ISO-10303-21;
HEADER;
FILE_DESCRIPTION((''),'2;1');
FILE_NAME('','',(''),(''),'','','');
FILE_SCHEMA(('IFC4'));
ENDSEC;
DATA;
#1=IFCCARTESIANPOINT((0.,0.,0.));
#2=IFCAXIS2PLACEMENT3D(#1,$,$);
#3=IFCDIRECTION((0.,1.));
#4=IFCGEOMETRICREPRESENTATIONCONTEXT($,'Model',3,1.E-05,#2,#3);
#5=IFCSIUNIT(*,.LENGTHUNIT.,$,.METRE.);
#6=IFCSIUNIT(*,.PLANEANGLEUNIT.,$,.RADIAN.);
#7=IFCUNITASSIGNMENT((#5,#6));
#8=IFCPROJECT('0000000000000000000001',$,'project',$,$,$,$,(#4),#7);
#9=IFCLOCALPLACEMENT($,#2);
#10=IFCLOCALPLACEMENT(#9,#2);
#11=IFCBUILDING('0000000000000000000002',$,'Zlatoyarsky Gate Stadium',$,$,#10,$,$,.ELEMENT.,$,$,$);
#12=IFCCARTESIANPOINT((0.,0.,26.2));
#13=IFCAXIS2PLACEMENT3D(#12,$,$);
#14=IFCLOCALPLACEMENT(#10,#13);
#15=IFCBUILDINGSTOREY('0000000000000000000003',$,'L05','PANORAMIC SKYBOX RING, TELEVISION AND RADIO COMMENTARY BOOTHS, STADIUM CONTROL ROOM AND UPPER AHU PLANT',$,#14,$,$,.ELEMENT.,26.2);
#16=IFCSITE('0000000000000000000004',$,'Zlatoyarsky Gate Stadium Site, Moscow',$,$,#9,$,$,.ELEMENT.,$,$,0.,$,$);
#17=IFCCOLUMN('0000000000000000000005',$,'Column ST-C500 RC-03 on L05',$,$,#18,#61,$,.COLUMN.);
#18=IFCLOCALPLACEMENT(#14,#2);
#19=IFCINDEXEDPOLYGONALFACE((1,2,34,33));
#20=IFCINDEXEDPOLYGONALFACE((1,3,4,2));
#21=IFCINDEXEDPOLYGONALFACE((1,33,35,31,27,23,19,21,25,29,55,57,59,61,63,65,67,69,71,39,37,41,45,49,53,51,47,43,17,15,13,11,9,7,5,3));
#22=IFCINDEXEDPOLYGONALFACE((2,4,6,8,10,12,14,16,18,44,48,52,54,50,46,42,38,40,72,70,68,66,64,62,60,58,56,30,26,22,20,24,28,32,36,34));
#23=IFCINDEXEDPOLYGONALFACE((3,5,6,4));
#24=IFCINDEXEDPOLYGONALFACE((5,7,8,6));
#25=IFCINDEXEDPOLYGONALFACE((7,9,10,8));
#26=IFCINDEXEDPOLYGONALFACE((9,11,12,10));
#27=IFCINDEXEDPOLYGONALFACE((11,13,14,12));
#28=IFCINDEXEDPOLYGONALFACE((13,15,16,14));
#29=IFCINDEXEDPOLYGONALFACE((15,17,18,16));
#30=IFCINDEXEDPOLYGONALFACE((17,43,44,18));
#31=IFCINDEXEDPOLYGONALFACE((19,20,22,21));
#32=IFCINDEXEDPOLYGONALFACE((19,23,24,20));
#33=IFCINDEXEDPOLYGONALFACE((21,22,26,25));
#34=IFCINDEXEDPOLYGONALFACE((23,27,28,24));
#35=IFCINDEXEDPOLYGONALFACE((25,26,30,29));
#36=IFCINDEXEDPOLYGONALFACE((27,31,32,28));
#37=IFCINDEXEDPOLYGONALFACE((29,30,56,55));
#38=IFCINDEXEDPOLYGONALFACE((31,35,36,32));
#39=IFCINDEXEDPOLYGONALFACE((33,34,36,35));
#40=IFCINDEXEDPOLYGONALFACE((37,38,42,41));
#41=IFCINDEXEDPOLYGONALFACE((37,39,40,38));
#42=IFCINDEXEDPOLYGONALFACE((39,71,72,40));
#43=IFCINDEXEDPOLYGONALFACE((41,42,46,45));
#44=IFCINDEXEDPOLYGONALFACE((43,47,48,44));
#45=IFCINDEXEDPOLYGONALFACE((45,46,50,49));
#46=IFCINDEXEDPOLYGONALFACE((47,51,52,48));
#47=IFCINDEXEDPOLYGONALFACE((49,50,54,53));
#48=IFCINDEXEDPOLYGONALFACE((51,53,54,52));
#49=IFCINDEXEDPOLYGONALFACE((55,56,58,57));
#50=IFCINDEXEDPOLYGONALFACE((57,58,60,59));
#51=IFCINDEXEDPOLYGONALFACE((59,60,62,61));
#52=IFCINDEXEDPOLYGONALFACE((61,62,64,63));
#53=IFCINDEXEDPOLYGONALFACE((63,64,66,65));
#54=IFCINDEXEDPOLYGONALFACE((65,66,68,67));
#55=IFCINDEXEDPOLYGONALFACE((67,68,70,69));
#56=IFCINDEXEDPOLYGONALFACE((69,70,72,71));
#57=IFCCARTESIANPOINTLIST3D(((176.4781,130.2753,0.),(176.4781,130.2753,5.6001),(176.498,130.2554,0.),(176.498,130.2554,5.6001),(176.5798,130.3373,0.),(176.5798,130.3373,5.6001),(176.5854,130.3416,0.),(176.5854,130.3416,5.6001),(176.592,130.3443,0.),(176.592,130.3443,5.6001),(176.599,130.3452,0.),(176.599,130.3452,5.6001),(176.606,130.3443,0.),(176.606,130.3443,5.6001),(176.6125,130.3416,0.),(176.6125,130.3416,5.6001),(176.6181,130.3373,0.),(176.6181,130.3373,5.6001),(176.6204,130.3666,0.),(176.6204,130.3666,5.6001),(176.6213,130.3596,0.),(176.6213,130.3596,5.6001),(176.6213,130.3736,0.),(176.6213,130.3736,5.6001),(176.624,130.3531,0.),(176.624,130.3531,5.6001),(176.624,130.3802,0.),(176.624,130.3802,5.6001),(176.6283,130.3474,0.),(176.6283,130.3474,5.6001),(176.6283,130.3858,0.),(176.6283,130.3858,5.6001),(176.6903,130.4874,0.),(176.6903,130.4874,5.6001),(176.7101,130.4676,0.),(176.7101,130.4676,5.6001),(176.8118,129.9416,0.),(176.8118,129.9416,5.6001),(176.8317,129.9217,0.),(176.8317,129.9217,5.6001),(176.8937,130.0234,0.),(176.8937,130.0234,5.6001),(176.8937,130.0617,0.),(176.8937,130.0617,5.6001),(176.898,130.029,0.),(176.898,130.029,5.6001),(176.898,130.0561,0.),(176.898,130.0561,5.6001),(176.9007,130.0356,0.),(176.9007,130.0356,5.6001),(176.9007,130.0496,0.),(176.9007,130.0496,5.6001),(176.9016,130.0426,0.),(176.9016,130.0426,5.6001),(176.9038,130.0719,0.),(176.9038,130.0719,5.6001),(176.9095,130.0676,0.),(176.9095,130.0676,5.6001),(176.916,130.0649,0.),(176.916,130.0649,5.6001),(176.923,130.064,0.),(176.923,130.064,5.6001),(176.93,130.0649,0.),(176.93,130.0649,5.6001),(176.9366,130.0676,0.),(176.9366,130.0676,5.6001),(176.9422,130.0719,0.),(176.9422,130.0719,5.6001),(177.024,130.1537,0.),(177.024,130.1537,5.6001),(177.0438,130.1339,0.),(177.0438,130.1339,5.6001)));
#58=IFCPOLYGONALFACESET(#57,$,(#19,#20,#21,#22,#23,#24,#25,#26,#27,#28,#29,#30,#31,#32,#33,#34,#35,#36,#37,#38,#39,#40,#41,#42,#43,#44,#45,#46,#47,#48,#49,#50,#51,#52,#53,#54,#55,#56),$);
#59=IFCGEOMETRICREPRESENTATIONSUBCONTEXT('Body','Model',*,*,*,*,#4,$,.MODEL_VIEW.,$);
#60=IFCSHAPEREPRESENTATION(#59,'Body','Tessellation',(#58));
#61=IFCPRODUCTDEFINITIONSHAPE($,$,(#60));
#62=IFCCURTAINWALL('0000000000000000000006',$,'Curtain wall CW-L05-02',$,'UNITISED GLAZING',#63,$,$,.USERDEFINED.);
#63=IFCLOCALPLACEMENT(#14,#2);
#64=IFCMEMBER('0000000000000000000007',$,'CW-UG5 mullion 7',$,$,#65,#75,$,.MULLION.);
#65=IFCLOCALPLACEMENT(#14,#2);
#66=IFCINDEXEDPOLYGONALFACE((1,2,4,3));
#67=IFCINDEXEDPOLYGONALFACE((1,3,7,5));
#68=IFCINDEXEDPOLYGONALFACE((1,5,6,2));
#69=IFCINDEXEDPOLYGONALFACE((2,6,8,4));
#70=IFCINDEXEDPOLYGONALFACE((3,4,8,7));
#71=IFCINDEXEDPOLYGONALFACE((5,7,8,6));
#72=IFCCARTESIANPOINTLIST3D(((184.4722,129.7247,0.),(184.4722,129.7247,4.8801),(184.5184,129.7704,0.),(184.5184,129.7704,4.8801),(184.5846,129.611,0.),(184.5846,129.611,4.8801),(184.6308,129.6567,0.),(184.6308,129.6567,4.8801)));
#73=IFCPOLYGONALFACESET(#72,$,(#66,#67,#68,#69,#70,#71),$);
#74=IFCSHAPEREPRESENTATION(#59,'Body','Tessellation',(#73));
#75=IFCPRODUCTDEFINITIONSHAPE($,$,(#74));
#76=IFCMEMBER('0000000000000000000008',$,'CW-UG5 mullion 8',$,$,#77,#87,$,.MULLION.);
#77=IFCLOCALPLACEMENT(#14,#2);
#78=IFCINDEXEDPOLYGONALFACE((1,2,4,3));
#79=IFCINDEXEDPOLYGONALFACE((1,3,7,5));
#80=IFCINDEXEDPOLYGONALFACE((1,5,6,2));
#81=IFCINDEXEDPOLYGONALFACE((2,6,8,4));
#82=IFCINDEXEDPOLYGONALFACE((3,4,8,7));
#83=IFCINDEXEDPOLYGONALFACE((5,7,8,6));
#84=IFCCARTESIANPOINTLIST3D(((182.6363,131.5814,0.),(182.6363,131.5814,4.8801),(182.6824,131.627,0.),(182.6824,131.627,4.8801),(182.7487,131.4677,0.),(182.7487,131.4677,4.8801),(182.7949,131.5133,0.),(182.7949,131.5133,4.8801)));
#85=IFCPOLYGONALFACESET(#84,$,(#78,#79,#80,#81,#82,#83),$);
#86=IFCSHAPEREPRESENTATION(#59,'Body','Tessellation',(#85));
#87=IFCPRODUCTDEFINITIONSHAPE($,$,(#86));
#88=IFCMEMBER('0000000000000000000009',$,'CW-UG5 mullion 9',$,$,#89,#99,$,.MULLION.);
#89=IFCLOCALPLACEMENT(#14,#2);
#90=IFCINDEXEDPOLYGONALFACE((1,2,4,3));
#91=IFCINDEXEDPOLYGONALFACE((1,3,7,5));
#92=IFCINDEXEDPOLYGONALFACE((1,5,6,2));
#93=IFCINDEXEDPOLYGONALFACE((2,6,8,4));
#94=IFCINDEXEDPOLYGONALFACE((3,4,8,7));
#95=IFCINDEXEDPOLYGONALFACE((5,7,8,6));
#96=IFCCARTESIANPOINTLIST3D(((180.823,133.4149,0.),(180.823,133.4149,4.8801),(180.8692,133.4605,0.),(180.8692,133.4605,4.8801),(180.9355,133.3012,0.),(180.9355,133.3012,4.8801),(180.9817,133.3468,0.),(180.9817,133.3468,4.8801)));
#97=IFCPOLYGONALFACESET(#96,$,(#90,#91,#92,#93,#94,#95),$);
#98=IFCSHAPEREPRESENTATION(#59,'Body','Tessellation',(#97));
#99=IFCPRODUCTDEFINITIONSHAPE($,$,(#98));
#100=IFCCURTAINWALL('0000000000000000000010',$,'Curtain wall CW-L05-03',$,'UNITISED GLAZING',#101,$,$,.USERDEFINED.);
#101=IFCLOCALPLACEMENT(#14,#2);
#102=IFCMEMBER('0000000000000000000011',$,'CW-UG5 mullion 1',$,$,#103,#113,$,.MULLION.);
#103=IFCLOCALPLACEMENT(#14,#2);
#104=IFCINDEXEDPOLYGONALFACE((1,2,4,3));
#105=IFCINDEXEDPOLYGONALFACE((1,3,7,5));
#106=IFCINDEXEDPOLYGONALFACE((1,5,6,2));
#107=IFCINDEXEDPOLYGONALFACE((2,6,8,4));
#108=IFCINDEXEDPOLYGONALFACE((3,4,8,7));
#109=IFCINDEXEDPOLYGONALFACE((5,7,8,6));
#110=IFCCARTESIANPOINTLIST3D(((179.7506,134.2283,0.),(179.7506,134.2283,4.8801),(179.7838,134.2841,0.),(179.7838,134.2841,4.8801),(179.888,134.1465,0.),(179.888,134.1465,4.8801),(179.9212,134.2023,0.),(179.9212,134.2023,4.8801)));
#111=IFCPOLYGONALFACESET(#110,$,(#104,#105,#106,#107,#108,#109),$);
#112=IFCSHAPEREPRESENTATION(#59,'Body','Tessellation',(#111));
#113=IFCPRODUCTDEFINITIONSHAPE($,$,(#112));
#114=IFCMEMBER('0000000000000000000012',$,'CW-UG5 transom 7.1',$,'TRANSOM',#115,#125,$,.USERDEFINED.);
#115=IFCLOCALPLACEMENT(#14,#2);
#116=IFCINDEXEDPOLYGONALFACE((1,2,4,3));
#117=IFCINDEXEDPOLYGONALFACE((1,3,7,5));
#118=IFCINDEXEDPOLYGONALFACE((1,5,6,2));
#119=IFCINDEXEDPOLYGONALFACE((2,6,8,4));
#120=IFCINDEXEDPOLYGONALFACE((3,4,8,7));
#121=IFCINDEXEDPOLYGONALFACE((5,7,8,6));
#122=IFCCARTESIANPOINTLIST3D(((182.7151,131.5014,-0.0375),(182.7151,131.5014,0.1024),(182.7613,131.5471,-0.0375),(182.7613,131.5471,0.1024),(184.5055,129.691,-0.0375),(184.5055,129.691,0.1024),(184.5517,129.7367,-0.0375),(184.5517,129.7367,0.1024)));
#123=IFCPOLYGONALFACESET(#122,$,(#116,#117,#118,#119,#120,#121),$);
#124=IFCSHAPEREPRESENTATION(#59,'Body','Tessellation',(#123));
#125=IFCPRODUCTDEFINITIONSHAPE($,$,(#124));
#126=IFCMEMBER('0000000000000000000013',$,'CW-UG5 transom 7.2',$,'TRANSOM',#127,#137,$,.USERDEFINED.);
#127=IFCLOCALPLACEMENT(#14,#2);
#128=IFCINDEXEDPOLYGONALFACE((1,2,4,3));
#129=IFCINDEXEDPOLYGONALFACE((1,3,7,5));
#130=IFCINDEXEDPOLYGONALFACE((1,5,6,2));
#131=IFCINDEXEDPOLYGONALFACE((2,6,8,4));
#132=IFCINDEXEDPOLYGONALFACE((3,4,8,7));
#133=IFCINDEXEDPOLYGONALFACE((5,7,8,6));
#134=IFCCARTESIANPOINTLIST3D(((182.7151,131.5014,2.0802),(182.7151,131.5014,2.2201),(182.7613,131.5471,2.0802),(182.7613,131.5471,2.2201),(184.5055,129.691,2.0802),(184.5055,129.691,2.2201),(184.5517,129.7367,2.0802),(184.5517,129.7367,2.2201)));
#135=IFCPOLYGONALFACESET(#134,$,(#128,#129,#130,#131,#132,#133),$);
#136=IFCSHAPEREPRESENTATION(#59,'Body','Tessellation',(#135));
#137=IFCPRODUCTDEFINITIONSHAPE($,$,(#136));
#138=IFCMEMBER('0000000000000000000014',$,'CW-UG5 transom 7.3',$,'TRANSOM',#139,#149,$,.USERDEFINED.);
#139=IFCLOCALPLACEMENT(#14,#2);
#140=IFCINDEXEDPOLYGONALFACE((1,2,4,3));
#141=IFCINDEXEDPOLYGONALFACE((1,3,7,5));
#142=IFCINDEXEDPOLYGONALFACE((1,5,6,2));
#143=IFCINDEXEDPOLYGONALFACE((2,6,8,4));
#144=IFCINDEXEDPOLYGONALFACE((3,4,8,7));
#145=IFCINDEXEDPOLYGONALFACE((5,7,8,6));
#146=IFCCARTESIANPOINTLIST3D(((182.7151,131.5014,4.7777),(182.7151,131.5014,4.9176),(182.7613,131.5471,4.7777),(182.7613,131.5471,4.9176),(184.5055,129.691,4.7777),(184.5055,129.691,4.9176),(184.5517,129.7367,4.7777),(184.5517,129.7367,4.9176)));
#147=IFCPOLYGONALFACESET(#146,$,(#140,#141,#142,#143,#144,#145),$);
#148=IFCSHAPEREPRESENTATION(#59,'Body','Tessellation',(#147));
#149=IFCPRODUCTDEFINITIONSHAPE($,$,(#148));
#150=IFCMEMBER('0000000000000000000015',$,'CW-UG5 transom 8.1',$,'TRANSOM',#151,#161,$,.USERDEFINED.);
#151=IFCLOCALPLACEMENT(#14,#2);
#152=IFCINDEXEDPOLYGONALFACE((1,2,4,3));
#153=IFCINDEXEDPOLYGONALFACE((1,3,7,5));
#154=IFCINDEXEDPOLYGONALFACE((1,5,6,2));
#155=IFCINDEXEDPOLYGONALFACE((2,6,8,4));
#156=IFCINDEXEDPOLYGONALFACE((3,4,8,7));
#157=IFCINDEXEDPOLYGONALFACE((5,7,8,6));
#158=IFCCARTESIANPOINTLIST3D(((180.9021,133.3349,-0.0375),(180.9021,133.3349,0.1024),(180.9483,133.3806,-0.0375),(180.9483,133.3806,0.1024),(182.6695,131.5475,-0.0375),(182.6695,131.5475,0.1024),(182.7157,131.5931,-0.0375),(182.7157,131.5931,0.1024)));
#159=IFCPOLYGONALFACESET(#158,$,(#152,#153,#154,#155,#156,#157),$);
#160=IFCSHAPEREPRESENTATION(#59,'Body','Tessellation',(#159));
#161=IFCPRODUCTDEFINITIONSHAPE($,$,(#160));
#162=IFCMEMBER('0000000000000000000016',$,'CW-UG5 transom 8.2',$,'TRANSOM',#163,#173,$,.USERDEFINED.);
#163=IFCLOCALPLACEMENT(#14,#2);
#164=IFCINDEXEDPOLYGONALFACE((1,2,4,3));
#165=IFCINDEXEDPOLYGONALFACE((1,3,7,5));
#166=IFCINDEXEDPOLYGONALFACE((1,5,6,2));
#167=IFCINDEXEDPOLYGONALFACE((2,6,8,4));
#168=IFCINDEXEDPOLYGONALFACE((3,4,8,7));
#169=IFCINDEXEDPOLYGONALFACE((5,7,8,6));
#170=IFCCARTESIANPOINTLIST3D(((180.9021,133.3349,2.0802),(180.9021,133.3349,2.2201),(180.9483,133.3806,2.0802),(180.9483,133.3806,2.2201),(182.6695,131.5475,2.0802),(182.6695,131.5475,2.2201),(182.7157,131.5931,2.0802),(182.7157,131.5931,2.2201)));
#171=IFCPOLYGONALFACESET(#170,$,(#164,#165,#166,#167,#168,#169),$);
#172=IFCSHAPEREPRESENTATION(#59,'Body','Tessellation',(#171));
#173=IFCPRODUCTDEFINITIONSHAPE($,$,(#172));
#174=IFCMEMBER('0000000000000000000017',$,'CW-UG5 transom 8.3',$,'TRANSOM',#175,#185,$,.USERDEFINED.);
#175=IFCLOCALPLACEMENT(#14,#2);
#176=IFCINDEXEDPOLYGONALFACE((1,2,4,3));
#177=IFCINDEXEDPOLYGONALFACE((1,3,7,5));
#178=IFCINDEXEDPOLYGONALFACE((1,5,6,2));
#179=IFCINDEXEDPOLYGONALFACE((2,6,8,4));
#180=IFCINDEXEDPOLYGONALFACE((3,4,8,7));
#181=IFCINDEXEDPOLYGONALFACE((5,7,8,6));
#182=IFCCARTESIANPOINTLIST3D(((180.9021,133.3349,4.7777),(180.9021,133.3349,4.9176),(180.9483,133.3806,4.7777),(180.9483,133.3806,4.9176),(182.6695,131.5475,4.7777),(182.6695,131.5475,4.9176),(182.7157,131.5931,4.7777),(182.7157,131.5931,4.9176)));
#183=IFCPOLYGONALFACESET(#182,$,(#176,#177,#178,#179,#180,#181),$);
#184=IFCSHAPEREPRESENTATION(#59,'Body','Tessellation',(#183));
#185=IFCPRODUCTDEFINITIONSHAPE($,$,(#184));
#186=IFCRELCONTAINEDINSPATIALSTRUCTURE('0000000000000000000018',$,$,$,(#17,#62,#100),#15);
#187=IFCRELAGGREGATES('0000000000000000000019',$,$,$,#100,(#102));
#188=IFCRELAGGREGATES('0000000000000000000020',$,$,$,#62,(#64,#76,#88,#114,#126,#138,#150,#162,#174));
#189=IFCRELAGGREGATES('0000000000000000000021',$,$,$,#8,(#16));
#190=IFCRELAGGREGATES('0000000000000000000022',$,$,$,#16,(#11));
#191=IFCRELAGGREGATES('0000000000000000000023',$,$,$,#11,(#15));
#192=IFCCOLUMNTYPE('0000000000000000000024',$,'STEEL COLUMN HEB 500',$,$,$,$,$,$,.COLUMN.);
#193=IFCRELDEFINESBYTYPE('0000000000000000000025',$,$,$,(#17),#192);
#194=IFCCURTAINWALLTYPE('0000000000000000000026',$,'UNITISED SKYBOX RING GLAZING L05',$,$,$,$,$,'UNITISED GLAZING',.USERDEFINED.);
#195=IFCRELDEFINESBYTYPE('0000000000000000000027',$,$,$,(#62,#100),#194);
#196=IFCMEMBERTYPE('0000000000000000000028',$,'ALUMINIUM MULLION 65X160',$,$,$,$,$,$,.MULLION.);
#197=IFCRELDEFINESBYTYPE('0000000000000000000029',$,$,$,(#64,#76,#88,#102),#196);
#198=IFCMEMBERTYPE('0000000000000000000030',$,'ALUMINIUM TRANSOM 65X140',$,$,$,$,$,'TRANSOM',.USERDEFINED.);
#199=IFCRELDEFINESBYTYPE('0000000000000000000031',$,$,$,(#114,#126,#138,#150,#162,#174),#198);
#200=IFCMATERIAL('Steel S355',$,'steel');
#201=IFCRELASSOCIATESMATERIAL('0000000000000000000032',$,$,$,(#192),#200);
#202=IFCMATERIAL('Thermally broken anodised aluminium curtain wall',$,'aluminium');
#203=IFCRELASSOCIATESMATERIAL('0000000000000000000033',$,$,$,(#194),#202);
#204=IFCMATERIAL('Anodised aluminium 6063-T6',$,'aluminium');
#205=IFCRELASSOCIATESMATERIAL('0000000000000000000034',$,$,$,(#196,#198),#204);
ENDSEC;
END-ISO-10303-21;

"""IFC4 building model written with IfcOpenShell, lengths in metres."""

from ifc_helpers import new_model, si_unit, direction, frame, origin, origin_2d, place, context, subcontext, project, spatial, rectangle, i_section, extrude, material, material_profile, profile_set, type_object, element, aggregate, save


model = new_model("IFC4")

# Units and contexts
model_context = context("Model", 3, precision=1e-05, world=origin(), true_north=direction((0.0, 1.0)))
body_context = subcontext(model_context, "Body", "Model", "MODEL_VIEW")
ifc_project = project(units=[si_unit("LENGTHUNIT", "METRE"), si_unit("PLANEANGLEUNIT", "RADIAN")], contexts=[model_context])

# Site, building, storey
site_placement = place(None, origin())
site = spatial("IfcSite", under=ifc_project, at=site_placement, Name="Zlatoyarsky Gate Stadium Site, Moscow", CompositionType="ELEMENT", RefElevation=0.0)
building_placement = place(site_placement, origin())
building = spatial("IfcBuilding", under=site, at=building_placement, Name="Zlatoyarsky Gate Stadium", CompositionType="ELEMENT")
storey_placement = place(building_placement, frame((0.0, 0.0, 26.2)))
storey = spatial("IfcBuildingStorey", under=building, at=storey_placement, Name="L05", Description="PANORAMIC SKYBOX RING, TELEVISION AND RADIO COMMENTARY BOOTHS, STADIUM CONTROL ROOM AND UPPER AHU PLANT", CompositionType="ELEMENT", Elevation=26.2)

# Column
ifc_material_1 = material(Name="Steel S355", Category="steel")
ifc_material_profile_1 = material_profile(ifc_material_1, i_section(OverallWidth=0.3, OverallDepth=0.5, WebThickness=0.0144, FlangeThickness=0.0281, FilletRadius=0.0271, at=origin_2d()), Name="HEB 500")
ifc_profile_set_1 = profile_set([ifc_material_profile_1], Name="Steel S355")
column_type = type_object("IfcColumnType", Name="STEEL COLUMN HEB 500", PredefinedType="COLUMN", material=ifc_profile_set_1)
column_placement = place(storey_placement, frame((176.761, 130.2046, 0.0), z_axis=(0.0, 0.0, 1.0), x_axis=(0.707107, 0.707107, 0.0)))
element("IfcColumn", 1, at=column_placement, inside=storey, type_object=column_type, Name="Column ST-C500 RC-03 on L05", PredefinedType="COLUMN", context=body_context, shape_type="SweptSolid", body=[
    extrude(i_section(OverallWidth=0.3, OverallDepth=0.5, WebThickness=0.0144, FlangeThickness=0.0281, FilletRadius=0.0271, at=origin_2d()), origin(), (0.0, 0.0, 1.0), 5.6001),
])

# Curtain wall, members
ifc_material_2 = material(Name="Thermally broken anodised aluminium curtain wall", Category="aluminium")
curtain_wall_type = type_object("IfcCurtainWallType", Name="UNITISED SKYBOX RING GLAZING L05", ElementType="UNITISED GLAZING", PredefinedType="USERDEFINED", material=ifc_material_2)
curtain_wall_1_placement = place(storey_placement, origin())
curtain_wall_1 = element("IfcCurtainWall", 2, at=curtain_wall_1_placement, inside=storey, type_object=curtain_wall_type, Name="Curtain wall CW-L05-02", ObjectType="UNITISED GLAZING", PredefinedType="USERDEFINED")
ifc_material_3 = material(Name="Anodised aluminium 6063-T6", Category="aluminium")
ifc_material_profile_2 = material_profile(ifc_material_3, rectangle(XDim=0.0649, YDim=0.1599, at=origin_2d()), Name="ALU 65X160")
ifc_profile_set_2 = profile_set([ifc_material_profile_2], Name="Anodised aluminium 6063-T6")
member_type_1 = type_object("IfcMemberType", Name="ALUMINIUM MULLION 65X160", PredefinedType="MULLION", material=ifc_profile_set_2)
member_1_placement = place(storey_placement, frame((184.5515, 129.6907, 0.0), z_axis=(0.0, 0.0, 1.0), x_axis=(-0.711036, -0.703156, 0.0)))
member_1 = element("IfcMember", 3, at=member_1_placement, type_object=member_type_1, Name="CW-UG5 mullion 7", PredefinedType="MULLION", context=body_context, shape_type="SweptSolid", body=[
    extrude(rectangle(XDim=0.0649, YDim=0.1599, at=origin_2d()), origin(), (0.0, 0.0, 1.0), 4.8801),
])
member_2_placement = place(storey_placement, frame((182.7156, 131.5474, 0.0), z_axis=(0.0, 0.0, 1.0), x_axis=(-0.711036, -0.703156, 0.0)))
member_2 = element("IfcMember", 4, at=member_2_placement, type_object=member_type_1, Name="CW-UG5 mullion 8", PredefinedType="MULLION", context=body_context, shape_type="SweptSolid", body=[
    extrude(rectangle(XDim=0.0649, YDim=0.1599, at=origin_2d()), origin(), (0.0, 0.0, 1.0), 4.8801),
])
member_3_placement = place(storey_placement, frame((180.9023, 133.3809, 0.0), z_axis=(0.0, 0.0, 1.0), x_axis=(-0.711036, -0.703156, 0.0)))
member_3 = element("IfcMember", 5, at=member_3_placement, type_object=member_type_1, Name="CW-UG5 mullion 9", PredefinedType="MULLION", context=body_context, shape_type="SweptSolid", body=[
    extrude(rectangle(XDim=0.0649, YDim=0.1599, at=origin_2d()), origin(), (0.0, 0.0, 1.0), 4.8801),
])

# Curtain wall, member
curtain_wall_2_placement = place(storey_placement, origin())
curtain_wall_2 = element("IfcCurtainWall", 6, at=curtain_wall_2_placement, inside=storey, type_object=curtain_wall_type, Name="Curtain wall CW-L05-03", ObjectType="UNITISED GLAZING", PredefinedType="USERDEFINED")
member_4_placement = place(storey_placement, frame((179.8359, 134.2153, 0.0), z_axis=(0.0, 0.0, 1.0), x_axis=(-0.511577, -0.859237, 0.0)))
member_4 = element("IfcMember", 7, at=member_4_placement, type_object=member_type_1, Name="CW-UG5 mullion 1", PredefinedType="MULLION", context=body_context, shape_type="SweptSolid", body=[
    extrude(rectangle(XDim=0.0649, YDim=0.1599, at=origin_2d()), origin(), (0.0, 0.0, 1.0), 4.8801),
])

# Members
ifc_material_profile_3 = material_profile(ifc_material_3, rectangle(XDim=0.0649, YDim=0.1399, at=origin_2d()), Name="ALU 65X140")
ifc_profile_set_3 = profile_set([ifc_material_profile_3], Name="Anodised aluminium 6063-T6")
member_type_2 = type_object("IfcMemberType", Name="ALUMINIUM TRANSOM 65X140", ElementType="TRANSOM", PredefinedType="USERDEFINED", material=ifc_profile_set_3)
member_5_placement = place(storey_placement, frame((184.5286, 129.7139, 0.0325), z_axis=(-0.703164, 0.711027, 0.0), x_axis=(-0.711027, -0.703164, 0.0)))
member_5 = element("IfcMember", 8, at=member_5_placement, type_object=member_type_2, Name="CW-UG5 transom 7.1", ObjectType="TRANSOM", PredefinedType="USERDEFINED", context=body_context, shape_type="SweptSolid", body=[
    extrude(rectangle(XDim=0.0649, YDim=0.1399, at=origin_2d()), origin(), (0.0, 0.0, 1.0), 2.5461),
])
member_6_placement = place(storey_placement, frame((184.5286, 129.7139, 2.1501), z_axis=(-0.703164, 0.711027, 0.0), x_axis=(-0.711027, -0.703164, 0.0)))
member_6 = element("IfcMember", 9, at=member_6_placement, type_object=member_type_2, Name="CW-UG5 transom 7.2", ObjectType="TRANSOM", PredefinedType="USERDEFINED", context=body_context, shape_type="SweptSolid", body=[
    extrude(rectangle(XDim=0.0649, YDim=0.1399, at=origin_2d()), origin(), (0.0, 0.0, 1.0), 2.5461),
])
member_7_placement = place(storey_placement, frame((184.5286, 129.7139, 4.8477), z_axis=(-0.703164, 0.711027, 0.0), x_axis=(-0.711027, -0.703164, 0.0)))
member_7 = element("IfcMember", 10, at=member_7_placement, type_object=member_type_2, Name="CW-UG5 transom 7.3", ObjectType="TRANSOM", PredefinedType="USERDEFINED", context=body_context, shape_type="SweptSolid", body=[
    extrude(rectangle(XDim=0.0649, YDim=0.1399, at=origin_2d()), origin(), (0.0, 0.0, 1.0), 2.5461),
])
member_8_placement = place(storey_placement, frame((182.6926, 131.5703, 0.0325), z_axis=(-0.703113, 0.711078, 0.0), x_axis=(-0.711078, -0.703113, 0.0)))
member_8 = element("IfcMember", 11, at=member_8_placement, type_object=member_type_2, Name="CW-UG5 transom 8.1", ObjectType="TRANSOM", PredefinedType="USERDEFINED", context=body_context, shape_type="SweptSolid", body=[
    extrude(rectangle(XDim=0.0649, YDim=0.1399, at=origin_2d()), origin(), (0.0, 0.0, 1.0), 2.5137),
])
member_9_placement = place(storey_placement, frame((182.6926, 131.5703, 2.1501), z_axis=(-0.703113, 0.711078, 0.0), x_axis=(-0.711078, -0.703113, 0.0)))
member_9 = element("IfcMember", 12, at=member_9_placement, type_object=member_type_2, Name="CW-UG5 transom 8.2", ObjectType="TRANSOM", PredefinedType="USERDEFINED", context=body_context, shape_type="SweptSolid", body=[
    extrude(rectangle(XDim=0.0649, YDim=0.1399, at=origin_2d()), origin(), (0.0, 0.0, 1.0), 2.5137),
])
member_10_placement = place(storey_placement, frame((182.6926, 131.5703, 4.8477), z_axis=(-0.703113, 0.711078, 0.0), x_axis=(-0.711078, -0.703113, 0.0)))
member_10 = element("IfcMember", 13, at=member_10_placement, type_object=member_type_2, Name="CW-UG5 transom 8.3", ObjectType="TRANSOM", PredefinedType="USERDEFINED", context=body_context, shape_type="SweptSolid", body=[
    extrude(rectangle(XDim=0.0649, YDim=0.1399, at=origin_2d()), origin(), (0.0, 0.0, 1.0), 2.5137),
])
aggregate(curtain_wall_2, [member_4])

aggregate(curtain_wall_1, [member_1, member_2, member_3, member_5, member_6, member_7, member_8, member_9, member_10])

save(model, "model.ifc")
